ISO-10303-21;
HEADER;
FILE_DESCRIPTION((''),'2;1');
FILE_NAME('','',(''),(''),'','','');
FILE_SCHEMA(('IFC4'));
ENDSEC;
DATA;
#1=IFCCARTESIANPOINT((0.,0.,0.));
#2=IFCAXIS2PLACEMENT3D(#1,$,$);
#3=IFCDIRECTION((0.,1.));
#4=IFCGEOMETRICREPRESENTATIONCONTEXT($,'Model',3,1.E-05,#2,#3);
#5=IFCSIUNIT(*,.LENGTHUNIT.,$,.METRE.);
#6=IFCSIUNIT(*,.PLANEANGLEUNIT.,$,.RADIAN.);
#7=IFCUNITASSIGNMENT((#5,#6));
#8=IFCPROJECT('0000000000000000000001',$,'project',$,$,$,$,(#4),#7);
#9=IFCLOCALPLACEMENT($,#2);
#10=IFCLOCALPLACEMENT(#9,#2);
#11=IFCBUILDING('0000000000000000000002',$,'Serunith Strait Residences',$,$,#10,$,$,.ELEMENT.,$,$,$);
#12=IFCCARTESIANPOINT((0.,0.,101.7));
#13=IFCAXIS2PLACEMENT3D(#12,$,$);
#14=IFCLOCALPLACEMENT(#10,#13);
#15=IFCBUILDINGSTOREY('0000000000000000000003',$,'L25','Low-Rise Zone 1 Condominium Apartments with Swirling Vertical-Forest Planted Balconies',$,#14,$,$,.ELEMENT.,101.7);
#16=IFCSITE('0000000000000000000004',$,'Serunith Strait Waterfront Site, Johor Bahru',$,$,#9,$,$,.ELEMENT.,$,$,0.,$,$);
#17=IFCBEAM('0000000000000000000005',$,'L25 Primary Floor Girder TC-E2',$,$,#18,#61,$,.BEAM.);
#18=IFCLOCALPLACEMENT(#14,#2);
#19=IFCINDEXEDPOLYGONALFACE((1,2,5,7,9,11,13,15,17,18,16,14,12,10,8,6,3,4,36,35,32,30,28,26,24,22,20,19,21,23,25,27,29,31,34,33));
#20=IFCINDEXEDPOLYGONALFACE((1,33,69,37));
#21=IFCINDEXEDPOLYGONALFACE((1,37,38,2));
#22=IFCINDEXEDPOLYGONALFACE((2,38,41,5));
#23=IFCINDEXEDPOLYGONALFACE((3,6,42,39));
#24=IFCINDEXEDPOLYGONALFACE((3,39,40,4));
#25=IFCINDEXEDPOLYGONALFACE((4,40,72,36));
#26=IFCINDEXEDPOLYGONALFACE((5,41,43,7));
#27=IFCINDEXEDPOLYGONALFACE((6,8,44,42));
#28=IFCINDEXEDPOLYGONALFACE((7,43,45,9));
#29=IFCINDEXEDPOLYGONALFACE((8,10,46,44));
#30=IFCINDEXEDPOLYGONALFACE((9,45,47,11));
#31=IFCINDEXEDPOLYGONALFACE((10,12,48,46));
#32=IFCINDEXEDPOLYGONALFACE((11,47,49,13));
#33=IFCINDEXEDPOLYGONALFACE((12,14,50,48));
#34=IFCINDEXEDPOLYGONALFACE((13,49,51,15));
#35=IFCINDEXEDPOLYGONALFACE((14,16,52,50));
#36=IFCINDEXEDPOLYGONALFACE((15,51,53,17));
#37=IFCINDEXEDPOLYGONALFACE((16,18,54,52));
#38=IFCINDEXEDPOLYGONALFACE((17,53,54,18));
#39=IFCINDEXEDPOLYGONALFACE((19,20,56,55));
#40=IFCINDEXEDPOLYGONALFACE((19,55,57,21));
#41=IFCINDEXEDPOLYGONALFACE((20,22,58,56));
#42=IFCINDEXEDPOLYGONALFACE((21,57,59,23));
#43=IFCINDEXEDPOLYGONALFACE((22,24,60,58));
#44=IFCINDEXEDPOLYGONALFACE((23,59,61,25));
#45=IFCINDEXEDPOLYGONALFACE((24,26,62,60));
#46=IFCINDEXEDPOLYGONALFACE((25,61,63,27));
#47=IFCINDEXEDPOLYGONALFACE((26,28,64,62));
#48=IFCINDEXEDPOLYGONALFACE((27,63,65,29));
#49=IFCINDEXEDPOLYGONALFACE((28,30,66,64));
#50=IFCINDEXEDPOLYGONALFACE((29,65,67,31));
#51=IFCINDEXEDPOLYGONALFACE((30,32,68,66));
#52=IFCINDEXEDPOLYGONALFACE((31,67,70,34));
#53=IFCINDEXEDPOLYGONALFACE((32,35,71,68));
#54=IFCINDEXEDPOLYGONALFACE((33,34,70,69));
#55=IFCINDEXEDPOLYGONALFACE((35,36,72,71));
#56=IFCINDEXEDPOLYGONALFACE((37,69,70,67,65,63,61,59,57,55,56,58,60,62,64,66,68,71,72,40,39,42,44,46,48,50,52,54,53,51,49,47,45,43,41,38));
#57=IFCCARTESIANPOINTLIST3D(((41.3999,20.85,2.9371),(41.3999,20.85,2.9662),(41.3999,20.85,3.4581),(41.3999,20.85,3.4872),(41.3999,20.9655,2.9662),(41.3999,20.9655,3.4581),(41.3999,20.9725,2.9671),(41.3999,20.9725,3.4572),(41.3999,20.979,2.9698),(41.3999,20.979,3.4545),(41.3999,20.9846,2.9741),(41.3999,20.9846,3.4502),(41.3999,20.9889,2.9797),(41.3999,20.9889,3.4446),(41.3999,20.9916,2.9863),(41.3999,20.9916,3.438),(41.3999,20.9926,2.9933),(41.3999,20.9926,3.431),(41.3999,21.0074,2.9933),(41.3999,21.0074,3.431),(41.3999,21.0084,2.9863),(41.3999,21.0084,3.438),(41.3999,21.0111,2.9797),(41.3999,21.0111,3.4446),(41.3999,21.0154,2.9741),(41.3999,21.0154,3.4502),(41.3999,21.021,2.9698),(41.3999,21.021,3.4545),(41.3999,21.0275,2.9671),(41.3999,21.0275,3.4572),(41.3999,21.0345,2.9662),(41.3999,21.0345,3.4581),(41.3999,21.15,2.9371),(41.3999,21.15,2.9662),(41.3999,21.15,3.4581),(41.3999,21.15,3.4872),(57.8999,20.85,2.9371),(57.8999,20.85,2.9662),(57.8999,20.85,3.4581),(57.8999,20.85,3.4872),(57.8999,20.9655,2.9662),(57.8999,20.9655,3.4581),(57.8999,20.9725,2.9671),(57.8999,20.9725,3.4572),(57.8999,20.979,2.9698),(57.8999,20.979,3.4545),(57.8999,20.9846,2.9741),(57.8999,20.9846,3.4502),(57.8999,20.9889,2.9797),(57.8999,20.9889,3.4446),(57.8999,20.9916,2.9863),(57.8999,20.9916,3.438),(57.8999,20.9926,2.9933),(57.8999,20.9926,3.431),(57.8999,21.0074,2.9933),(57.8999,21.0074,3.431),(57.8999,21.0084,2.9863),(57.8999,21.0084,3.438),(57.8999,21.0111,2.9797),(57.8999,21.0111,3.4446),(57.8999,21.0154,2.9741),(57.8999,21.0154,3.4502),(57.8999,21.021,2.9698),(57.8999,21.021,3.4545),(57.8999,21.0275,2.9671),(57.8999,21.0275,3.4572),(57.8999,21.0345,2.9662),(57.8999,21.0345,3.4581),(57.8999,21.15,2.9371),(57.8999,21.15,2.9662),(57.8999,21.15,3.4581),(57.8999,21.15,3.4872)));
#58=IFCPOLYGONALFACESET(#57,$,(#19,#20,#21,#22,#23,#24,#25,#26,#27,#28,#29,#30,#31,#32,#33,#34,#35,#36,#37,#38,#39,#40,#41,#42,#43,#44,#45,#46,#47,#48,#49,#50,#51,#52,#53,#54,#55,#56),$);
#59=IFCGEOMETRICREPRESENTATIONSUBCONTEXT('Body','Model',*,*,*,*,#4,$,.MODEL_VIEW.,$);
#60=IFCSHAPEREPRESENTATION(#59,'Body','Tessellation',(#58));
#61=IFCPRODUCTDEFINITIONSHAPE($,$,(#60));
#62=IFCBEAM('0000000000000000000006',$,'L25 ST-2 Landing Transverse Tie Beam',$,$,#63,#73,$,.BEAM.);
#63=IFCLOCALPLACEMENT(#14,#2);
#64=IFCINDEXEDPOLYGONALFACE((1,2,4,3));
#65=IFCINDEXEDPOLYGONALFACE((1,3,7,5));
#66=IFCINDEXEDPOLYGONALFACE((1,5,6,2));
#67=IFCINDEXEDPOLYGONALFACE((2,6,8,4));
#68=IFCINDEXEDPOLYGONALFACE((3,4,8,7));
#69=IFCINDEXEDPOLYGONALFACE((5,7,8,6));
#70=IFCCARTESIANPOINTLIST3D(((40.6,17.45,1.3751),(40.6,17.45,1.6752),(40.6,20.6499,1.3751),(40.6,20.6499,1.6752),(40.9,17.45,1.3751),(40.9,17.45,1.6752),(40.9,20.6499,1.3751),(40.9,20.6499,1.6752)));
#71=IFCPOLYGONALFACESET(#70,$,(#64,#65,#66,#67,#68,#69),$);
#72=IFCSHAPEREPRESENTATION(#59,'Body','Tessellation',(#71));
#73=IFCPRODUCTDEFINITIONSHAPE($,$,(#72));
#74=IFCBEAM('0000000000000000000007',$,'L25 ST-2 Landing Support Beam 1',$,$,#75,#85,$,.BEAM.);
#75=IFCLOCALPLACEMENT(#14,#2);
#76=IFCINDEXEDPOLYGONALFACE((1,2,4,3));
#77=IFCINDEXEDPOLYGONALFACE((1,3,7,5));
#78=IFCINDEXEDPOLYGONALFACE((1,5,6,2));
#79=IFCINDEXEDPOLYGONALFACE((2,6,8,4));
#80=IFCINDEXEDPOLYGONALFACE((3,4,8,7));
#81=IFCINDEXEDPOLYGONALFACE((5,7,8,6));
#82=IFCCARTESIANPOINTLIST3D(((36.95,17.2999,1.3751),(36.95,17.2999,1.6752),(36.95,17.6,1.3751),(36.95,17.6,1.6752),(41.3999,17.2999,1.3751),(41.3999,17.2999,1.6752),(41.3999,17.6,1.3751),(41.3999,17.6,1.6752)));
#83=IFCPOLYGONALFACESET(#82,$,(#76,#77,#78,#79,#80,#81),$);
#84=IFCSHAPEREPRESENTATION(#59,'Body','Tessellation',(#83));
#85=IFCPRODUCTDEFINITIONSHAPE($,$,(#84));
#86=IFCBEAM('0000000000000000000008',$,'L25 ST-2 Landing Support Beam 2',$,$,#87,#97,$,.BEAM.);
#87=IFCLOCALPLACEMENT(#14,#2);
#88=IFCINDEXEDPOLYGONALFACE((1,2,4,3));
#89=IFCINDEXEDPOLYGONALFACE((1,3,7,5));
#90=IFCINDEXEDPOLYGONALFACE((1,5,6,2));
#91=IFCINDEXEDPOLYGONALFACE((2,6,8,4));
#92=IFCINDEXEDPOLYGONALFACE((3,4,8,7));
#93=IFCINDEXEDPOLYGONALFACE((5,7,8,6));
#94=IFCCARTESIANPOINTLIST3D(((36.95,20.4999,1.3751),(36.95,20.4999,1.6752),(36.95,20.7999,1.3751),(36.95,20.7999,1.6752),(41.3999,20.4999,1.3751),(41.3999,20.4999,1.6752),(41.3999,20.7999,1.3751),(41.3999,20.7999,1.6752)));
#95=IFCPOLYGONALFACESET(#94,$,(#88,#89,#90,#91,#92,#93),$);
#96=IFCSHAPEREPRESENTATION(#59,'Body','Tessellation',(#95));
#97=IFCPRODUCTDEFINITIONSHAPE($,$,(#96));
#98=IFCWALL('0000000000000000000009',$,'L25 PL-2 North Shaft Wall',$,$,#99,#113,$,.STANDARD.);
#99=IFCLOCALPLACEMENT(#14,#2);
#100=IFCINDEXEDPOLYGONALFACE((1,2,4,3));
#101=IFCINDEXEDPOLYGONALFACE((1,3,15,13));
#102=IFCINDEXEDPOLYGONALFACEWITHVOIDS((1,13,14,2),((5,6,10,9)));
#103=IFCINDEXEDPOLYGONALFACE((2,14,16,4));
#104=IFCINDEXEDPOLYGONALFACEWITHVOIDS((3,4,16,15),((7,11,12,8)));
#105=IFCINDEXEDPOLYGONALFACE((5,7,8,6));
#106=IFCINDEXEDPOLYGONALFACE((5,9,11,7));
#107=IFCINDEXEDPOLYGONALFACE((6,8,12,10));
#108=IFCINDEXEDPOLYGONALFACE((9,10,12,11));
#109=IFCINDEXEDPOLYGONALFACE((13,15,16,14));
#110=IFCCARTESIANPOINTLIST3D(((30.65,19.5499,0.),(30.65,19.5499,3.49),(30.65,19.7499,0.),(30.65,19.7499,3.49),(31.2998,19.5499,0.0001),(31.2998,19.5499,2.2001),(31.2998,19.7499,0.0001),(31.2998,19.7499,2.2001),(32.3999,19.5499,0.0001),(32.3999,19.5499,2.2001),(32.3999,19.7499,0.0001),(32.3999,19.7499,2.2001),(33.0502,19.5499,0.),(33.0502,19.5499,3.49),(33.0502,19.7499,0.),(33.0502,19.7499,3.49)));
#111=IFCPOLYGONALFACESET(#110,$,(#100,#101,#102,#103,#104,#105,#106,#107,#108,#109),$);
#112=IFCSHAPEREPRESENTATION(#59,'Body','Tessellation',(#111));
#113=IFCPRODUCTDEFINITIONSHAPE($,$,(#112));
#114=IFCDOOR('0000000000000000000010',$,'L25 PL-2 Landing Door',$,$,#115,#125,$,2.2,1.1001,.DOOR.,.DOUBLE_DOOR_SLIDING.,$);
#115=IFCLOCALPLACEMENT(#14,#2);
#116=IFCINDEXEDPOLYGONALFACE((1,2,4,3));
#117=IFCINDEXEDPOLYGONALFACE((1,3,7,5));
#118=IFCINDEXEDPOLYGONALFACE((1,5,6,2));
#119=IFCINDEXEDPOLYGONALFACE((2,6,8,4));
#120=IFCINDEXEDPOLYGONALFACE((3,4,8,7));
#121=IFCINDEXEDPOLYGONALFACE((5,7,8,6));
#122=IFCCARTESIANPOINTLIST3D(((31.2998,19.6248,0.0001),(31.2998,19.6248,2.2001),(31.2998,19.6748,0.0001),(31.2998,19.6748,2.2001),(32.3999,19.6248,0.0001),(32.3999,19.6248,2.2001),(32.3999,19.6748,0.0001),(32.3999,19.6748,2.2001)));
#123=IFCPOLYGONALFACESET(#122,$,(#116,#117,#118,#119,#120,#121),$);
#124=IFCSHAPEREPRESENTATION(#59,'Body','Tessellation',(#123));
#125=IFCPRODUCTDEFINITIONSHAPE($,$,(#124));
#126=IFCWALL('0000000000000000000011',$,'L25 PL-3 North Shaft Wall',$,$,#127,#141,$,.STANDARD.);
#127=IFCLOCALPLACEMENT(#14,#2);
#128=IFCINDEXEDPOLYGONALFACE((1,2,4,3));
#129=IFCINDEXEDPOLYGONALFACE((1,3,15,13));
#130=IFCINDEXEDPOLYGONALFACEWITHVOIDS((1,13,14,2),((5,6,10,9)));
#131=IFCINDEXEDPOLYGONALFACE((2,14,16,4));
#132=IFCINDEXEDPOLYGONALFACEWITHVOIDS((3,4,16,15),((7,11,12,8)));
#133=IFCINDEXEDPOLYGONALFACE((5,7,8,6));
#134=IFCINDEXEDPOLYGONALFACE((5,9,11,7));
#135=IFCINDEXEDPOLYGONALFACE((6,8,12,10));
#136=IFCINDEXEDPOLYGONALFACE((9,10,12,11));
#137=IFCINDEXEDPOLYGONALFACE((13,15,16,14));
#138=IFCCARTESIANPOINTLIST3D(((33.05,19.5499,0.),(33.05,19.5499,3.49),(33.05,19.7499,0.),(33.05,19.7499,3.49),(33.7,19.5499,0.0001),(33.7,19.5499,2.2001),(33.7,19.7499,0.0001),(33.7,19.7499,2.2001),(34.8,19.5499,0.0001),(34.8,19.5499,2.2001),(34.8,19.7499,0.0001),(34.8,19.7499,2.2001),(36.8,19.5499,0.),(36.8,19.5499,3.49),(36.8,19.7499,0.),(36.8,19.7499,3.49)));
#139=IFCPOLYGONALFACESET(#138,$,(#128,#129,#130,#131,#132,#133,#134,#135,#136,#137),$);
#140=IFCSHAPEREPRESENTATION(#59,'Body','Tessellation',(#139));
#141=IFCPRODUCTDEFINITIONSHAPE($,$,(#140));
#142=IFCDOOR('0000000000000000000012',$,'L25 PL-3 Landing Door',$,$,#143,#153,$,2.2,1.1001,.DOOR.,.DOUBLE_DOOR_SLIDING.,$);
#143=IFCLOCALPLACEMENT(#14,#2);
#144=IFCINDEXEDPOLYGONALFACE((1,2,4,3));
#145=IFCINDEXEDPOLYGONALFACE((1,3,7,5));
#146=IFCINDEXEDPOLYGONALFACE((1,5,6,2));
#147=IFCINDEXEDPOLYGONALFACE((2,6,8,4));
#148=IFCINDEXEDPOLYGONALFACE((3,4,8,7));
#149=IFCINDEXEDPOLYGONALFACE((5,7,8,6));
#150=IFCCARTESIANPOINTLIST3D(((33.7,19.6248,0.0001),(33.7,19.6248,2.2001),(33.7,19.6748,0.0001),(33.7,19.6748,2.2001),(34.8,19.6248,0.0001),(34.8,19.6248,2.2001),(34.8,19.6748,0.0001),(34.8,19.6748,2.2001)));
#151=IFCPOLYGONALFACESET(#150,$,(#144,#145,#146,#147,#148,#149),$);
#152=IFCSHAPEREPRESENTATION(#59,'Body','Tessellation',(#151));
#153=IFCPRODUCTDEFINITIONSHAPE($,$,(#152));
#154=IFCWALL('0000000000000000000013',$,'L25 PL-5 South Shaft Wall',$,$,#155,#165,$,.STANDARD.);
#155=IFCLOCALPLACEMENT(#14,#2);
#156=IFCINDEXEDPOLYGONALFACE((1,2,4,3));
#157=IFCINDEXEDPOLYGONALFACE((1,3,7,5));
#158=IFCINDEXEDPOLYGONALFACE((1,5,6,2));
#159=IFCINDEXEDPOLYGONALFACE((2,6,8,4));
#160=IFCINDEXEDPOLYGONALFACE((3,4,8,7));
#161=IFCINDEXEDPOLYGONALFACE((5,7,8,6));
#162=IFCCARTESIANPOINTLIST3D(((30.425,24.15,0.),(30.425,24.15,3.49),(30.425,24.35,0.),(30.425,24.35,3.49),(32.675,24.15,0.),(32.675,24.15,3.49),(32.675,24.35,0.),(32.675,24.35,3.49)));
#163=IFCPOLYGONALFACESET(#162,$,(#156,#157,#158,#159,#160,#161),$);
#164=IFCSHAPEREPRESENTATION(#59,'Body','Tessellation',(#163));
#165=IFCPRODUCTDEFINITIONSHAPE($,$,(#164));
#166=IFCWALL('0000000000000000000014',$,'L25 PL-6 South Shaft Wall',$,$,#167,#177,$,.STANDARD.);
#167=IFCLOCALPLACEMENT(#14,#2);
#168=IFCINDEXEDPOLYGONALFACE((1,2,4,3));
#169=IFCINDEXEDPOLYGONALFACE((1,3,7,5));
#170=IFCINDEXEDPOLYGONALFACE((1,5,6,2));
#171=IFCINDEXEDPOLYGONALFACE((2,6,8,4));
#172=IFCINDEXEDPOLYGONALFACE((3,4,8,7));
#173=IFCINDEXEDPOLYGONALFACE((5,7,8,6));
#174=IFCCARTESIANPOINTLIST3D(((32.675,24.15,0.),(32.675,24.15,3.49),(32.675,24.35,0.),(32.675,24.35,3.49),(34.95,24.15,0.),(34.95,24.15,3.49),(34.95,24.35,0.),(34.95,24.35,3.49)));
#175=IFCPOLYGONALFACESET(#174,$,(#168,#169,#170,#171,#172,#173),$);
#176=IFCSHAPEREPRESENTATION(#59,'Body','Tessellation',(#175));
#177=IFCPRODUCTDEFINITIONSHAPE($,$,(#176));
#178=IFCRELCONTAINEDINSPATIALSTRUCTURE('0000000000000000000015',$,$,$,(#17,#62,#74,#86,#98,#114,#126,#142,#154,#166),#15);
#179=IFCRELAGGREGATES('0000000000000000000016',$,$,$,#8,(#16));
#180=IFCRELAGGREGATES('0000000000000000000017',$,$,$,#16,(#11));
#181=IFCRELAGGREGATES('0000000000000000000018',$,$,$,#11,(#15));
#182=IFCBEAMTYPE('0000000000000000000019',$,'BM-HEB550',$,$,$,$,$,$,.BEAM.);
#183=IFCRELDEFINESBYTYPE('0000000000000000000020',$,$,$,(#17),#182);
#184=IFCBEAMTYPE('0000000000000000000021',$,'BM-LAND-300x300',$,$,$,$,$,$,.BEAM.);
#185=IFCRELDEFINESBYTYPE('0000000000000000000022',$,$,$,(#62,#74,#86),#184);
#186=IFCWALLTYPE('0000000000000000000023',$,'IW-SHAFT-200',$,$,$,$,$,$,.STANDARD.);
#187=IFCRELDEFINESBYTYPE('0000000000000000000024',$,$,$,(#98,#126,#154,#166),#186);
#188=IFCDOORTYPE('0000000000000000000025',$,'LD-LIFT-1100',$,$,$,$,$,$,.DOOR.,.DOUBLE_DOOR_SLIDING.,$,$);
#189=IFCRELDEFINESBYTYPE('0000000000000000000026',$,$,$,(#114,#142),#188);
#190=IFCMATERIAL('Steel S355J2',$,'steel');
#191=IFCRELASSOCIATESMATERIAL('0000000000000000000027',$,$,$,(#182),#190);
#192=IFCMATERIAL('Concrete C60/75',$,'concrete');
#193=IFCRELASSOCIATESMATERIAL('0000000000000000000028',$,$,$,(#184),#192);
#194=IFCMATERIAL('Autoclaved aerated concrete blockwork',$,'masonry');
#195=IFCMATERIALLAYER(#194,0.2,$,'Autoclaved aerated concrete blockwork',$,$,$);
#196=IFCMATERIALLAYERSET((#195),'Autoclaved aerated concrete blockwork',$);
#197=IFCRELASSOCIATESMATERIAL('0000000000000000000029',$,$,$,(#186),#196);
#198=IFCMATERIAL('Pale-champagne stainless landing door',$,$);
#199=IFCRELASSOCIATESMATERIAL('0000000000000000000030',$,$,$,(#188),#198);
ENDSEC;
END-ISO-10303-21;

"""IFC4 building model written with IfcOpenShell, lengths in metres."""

from ifc_helpers import new_model, si_unit, direction, frame, frame_2d, origin, origin_2d, place, context, subcontext, project, spatial, rectangle, i_section, extrude, source, transform, mapped, material, layer, layer_set, material_profile, profile_set, type_object, element, fill, save


model = new_model("IFC4")

# Units and contexts
model_context = context("Model", 3, precision=1e-05, world=origin(), true_north=direction((0.0, 1.0)))
body_context = subcontext(model_context, "Body", "Model", "MODEL_VIEW")
ifc_project = project(units=[si_unit("LENGTHUNIT", "METRE"), si_unit("PLANEANGLEUNIT", "RADIAN")], contexts=[model_context])

# Site, building, storey
site_placement = place(None, origin())
site = spatial("IfcSite", under=ifc_project, at=site_placement, Name="Serunith Strait Waterfront Site, Johor Bahru", CompositionType="ELEMENT", RefElevation=0.0)
building_placement = place(site_placement, origin())
building = spatial("IfcBuilding", under=site, at=building_placement, Name="Serunith Strait Residences", CompositionType="ELEMENT")
storey_placement = place(building_placement, frame((0.0, 0.0, 101.7)))
storey = spatial("IfcBuildingStorey", under=building, at=storey_placement, Name="L25", Description="Low-Rise Zone 1 Condominium Apartments with Swirling Vertical-Forest Planted Balconies", CompositionType="ELEMENT", Elevation=101.7)

# Beams
ifc_material_1 = material(Name="Steel S355J2", Category="steel")
ifc_material_profile_1 = material_profile(ifc_material_1, i_section(OverallWidth=0.3, OverallDepth=0.55, WebThickness=0.0149, FlangeThickness=0.0291, FilletRadius=0.0271, at=origin_2d()), Name="HEB 550")
ifc_profile_set_1 = profile_set([ifc_material_profile_1], Name="Steel S355J2")
beam_type_1 = type_object("IfcBeamType", Name="BM-HEB550", PredefinedType="BEAM", material=ifc_profile_set_1)
shared_shape_1 = source(origin(), body_context, "Body", "SweptSolid", [
    extrude(i_section(OverallWidth=0.3, OverallDepth=0.55, WebThickness=0.0149, FlangeThickness=0.0291, FilletRadius=0.0271, at=origin_2d()), origin(), (0.0, 0.0, 1.0), 16.5),
])
beam_1_placement = place(storey_placement, frame((41.3999, 21.0, 3.2122), z_axis=(1.0, 0.0, 0.0), x_axis=(0.0, 1.0, 0.0)))
element("IfcBeam", 1, at=beam_1_placement, inside=storey, type_object=beam_type_1, Name="L25 Primary Floor Girder TC-E2", PredefinedType="BEAM", context=body_context, shape_type="MappedRepresentation", body=[
    mapped(shared_shape_1, transform((0.0, 0.0, 0.0), scale=1.0)),
])
ifc_material_2 = material(Name="Concrete C60/75", Category="concrete")
ifc_material_profile_2 = material_profile(ifc_material_2, rectangle(XDim=0.3, YDim=0.3, at=origin_2d()), Name="RC 300x300")
ifc_profile_set_2 = profile_set([ifc_material_profile_2], Name="Concrete C60/75")
beam_type_2 = type_object("IfcBeamType", Name="BM-LAND-300x300", PredefinedType="BEAM", material=ifc_profile_set_2)
shared_shape_2 = source(origin(), body_context, "Body", "SweptSolid", [
    extrude(rectangle(XDim=0.3, YDim=0.3, at=origin_2d()), origin(), (0.0, 0.0, 1.0), 3.2),
])
beam_2_placement = place(storey_placement, frame((40.75, 17.45, 1.5251), z_axis=(0.0, 1.0, 0.0), x_axis=(-1.0, 0.0, 0.0)))
element("IfcBeam", 2, at=beam_2_placement, inside=storey, type_object=beam_type_2, Name="L25 ST-2 Landing Transverse Tie Beam", PredefinedType="BEAM", context=body_context, shape_type="MappedRepresentation", body=[
    mapped(shared_shape_2, transform((0.0, 0.0, 0.0), scale=1.0)),
])
shared_shape_3 = source(origin(), body_context, "Body", "SweptSolid", [
    extrude(rectangle(XDim=0.3, YDim=0.3, at=origin_2d()), origin(), (0.0, 0.0, 1.0), 4.45),
])
for number, where, z_axis, x_axis, name in (
    (3, (36.95, 17.45, 1.5251), (1.0, 0.0, 0.0), (0.0, 1.0, 0.0), "L25 ST-2 Landing Support Beam 1"),
    (4, (36.95, 20.6499, 1.5251), (1.0, 0.0, 0.0), (0.0, 1.0, 0.0), "L25 ST-2 Landing Support Beam 2"),
):
    element("IfcBeam", number, at=place(storey_placement, frame(where, z_axis=z_axis, x_axis=x_axis)), inside=storey, type_object=beam_type_2, Name=name, PredefinedType="BEAM", context=body_context, shape_type="MappedRepresentation", body=[
        mapped(shared_shape_3, transform((0.0, 0.0, 0.0), scale=1.0)),
    ])

# Walls, openings, doors
ifc_material_3 = material(Name="Autoclaved aerated concrete blockwork", Category="masonry")
ifc_layer_1 = layer(ifc_material_3, 0.2, Name="Autoclaved aerated concrete blockwork")
ifc_layer_set_1 = layer_set([ifc_layer_1], Name="Autoclaved aerated concrete blockwork")
wall_type_1 = type_object("IfcWallType", Name="IW-SHAFT-200", PredefinedType="STANDARD", material=ifc_layer_set_1)
wall_1_placement = place(storey_placement, frame((30.6499, 19.6499, 0.0), z_axis=(0.0, 0.0, 1.0), x_axis=(1.0, 0.0, 0.0)))
wall_1 = element("IfcWall", 5, at=wall_1_placement, inside=storey, type_object=wall_type_1, Name="L25 PL-2 North Shaft Wall", PredefinedType="STANDARD", context=body_context, shape_type="SweptSolid", body=[
    extrude(rectangle(XDim=2.4001, YDim=0.2, at=frame_2d((1.2002, 0.0))), origin(), (0.0, 0.0, 1.0), 3.49),
])
opening_1_placement = place(wall_1_placement, frame((0.6499, 0.0, 0.0)))
opening_1 = element("IfcOpeningElement", 6, at=opening_1_placement, cuts=wall_1, PredefinedType="OPENING", context=body_context, shape_type="SweptSolid", body=[
    extrude(rectangle(XDim=1.1001, YDim=2.2, at=frame_2d((0.55, 1.1001))), frame((0.0, 0.1099, 0.0), z_axis=(0.0, -1.0, 0.0), x_axis=(1.0, 0.0, 0.0)), (0.0, 0.0, 1.0), 0.22),
])
ifc_material_4 = material(Name="Pale-champagne stainless landing door")
door_type = type_object("IfcDoorType", Name="LD-LIFT-1100", OperationType="DOUBLE_DOOR_SLIDING", PredefinedType="DOOR", material=ifc_material_4)
shared_shape_4 = source(origin(), body_context, "Body", "SweptSolid", [
    extrude(rectangle(XDim=1.1001, YDim=2.2, at=frame_2d((0.55, 1.1001))), frame((0.0, 0.0249, 0.0), z_axis=(0.0, -1.0, 0.0), x_axis=(1.0, 0.0, 0.0)), (0.0, 0.0, 1.0), 0.05),
])
door_1_placement = place(opening_1_placement, origin())
door_1 = element("IfcDoor", 7, at=door_1_placement, inside=storey, type_object=door_type, Name="L25 PL-2 Landing Door", OperationType="DOUBLE_DOOR_SLIDING", OverallHeight=2.2, OverallWidth=1.1001, PredefinedType="DOOR", context=body_context, shape_type="MappedRepresentation", body=[
    mapped(shared_shape_4, transform((0.0, 0.0, 0.0), scale=1.0)),
])
fill(opening_1, door_1)
wall_2_placement = place(storey_placement, frame((33.05, 19.6499, 0.0), z_axis=(0.0, 0.0, 1.0), x_axis=(1.0, 0.0, 0.0)))
wall_2 = element("IfcWall", 8, at=wall_2_placement, inside=storey, type_object=wall_type_1, Name="L25 PL-3 North Shaft Wall", PredefinedType="STANDARD", context=body_context, shape_type="SweptSolid", body=[
    extrude(rectangle(XDim=3.75, YDim=0.2, at=frame_2d((1.875, 0.0))), origin(), (0.0, 0.0, 1.0), 3.49),
])
opening_2_placement = place(wall_2_placement, frame((0.6499, 0.0, 0.0)))
opening_2 = element("IfcOpeningElement", 9, at=opening_2_placement, cuts=wall_2, PredefinedType="OPENING", context=body_context, shape_type="SweptSolid", body=[
    extrude(rectangle(XDim=1.1001, YDim=2.2, at=frame_2d((0.55, 1.1001))), frame((0.0, 0.1099, 0.0), z_axis=(0.0, -1.0, 0.0), x_axis=(1.0, 0.0, 0.0)), (0.0, 0.0, 1.0), 0.22),
])
door_2_placement = place(opening_2_placement, origin())
door_2 = element("IfcDoor", 10, at=door_2_placement, inside=storey, type_object=door_type, Name="L25 PL-3 Landing Door", OperationType="DOUBLE_DOOR_SLIDING", OverallHeight=2.2, OverallWidth=1.1001, PredefinedType="DOOR", context=body_context, shape_type="MappedRepresentation", body=[
    mapped(shared_shape_4, transform((0.0, 0.0, 0.0), scale=1.0)),
])
fill(opening_2, door_2)

# Walls
wall_3_placement = place(storey_placement, frame((30.425, 24.25, 0.0), z_axis=(0.0, 0.0, 1.0), x_axis=(1.0, 0.0, 0.0)))
element("IfcWall", 11, at=wall_3_placement, inside=storey, type_object=wall_type_1, Name="L25 PL-5 South Shaft Wall", PredefinedType="STANDARD", context=body_context, shape_type="SweptSolid", body=[
    extrude(rectangle(XDim=2.25, YDim=0.2, at=frame_2d((1.125, 0.0))), origin(), (0.0, 0.0, 1.0), 3.49),
])
wall_4_placement = place(storey_placement, frame((32.675, 24.25, 0.0), z_axis=(0.0, 0.0, 1.0), x_axis=(1.0, 0.0, 0.0)))
element("IfcWall", 12, at=wall_4_placement, inside=storey, type_object=wall_type_1, Name="L25 PL-6 South Shaft Wall", PredefinedType="STANDARD", context=body_context, shape_type="SweptSolid", body=[
    extrude(rectangle(XDim=2.2749, YDim=0.2, at=frame_2d((1.1375, 0.0))), origin(), (0.0, 0.0, 1.0), 3.49),
])

save(model, "model.ifc")
